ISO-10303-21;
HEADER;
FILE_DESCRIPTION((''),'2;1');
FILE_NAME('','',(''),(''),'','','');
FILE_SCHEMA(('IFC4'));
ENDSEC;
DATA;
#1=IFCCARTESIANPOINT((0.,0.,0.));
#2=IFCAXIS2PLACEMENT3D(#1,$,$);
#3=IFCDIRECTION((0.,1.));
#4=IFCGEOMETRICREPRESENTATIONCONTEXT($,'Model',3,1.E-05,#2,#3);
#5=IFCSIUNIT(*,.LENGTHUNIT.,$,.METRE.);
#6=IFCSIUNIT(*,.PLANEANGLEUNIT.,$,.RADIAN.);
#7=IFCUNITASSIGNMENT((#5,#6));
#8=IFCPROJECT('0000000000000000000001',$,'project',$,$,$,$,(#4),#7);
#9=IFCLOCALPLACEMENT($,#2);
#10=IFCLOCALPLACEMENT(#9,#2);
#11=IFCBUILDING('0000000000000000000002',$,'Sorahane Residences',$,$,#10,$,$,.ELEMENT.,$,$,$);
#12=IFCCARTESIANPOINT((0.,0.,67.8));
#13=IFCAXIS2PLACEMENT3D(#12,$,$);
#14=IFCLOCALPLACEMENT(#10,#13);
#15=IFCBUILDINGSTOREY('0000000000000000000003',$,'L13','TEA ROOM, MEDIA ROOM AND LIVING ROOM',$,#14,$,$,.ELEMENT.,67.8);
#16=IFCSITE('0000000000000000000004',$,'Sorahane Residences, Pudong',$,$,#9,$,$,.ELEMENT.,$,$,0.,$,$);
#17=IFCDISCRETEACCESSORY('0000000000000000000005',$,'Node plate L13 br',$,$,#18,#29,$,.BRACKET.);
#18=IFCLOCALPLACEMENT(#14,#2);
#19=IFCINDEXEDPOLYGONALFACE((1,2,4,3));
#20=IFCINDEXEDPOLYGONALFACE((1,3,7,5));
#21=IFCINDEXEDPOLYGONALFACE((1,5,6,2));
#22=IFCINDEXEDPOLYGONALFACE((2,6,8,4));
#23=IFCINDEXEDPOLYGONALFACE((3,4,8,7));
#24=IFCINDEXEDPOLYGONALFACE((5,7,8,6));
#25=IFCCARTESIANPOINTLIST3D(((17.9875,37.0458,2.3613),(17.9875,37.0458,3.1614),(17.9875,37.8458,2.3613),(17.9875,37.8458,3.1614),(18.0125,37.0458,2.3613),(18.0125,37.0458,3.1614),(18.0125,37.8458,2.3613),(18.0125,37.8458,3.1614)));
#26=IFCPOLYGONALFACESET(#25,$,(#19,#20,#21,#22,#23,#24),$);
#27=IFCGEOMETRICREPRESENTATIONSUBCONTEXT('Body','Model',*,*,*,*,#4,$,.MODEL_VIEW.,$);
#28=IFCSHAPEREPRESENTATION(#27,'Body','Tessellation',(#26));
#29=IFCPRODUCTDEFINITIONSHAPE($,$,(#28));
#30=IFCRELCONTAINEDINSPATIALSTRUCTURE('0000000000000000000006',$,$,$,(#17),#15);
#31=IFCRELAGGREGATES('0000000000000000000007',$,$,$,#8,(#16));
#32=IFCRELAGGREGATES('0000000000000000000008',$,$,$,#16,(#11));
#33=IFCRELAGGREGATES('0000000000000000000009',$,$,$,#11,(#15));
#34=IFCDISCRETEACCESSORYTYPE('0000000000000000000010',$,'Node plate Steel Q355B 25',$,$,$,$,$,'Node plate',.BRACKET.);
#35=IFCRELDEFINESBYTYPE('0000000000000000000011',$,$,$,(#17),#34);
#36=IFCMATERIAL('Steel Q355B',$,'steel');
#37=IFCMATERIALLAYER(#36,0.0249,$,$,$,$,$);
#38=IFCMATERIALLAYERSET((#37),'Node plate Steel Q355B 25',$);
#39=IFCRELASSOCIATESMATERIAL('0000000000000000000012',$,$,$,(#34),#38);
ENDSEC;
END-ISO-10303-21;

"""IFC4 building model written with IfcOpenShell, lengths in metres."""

from ifc_helpers import new_model, si_unit, direction, frame, origin, origin_2d, place, context, subcontext, project, spatial, rectangle, extrude, material, layer, layer_set, type_object, element, save


model = new_model("IFC4")

# Units and contexts
model_context = context("Model", 3, precision=1e-05, world=origin(), true_north=direction((0.0, 1.0)))
body_context = subcontext(model_context, "Body", "Model", "MODEL_VIEW")
ifc_project = project(units=[si_unit("LENGTHUNIT", "METRE"), si_unit("PLANEANGLEUNIT", "RADIAN")], contexts=[model_context])

# Site, building, storey
site_placement = place(None, origin())
site = spatial("IfcSite", under=ifc_project, at=site_placement, Name="Sorahane Residences, Pudong", CompositionType="ELEMENT", RefElevation=0.0)
building_placement = place(site_placement, origin())
building = spatial("IfcBuilding", under=site, at=building_placement, Name="Sorahane Residences", CompositionType="ELEMENT")
storey_placement = place(building_placement, frame((0.0, 0.0, 67.8)))
storey = spatial("IfcBuildingStorey", under=building, at=storey_placement, Name="L13", Description="TEA ROOM, MEDIA ROOM AND LIVING ROOM", CompositionType="ELEMENT", Elevation=67.8)

# Discrete accessory
ifc_material_1 = material(Name="Steel Q355B", Category="steel")
ifc_layer_1 = layer(ifc_material_1, 0.0249)
ifc_layer_set_1 = layer_set([ifc_layer_1], Name="Node plate Steel Q355B 25")
discrete_accessory_type = type_object("IfcDiscreteAccessoryType", Name="Node plate Steel Q355B 25", ElementType="Node plate", PredefinedType="BRACKET", material=ifc_layer_set_1)
for number, where, z_axis, x_axis, name in (
    (1, (18.0, 37.4458, 2.3613), (0.0, 0.0, 1.0), (0.0, 1.0, 0.0), "Node plate L13 br"),
):
    element("IfcDiscreteAccessory", number, at=place(storey_placement, frame(where, z_axis=z_axis, x_axis=x_axis)), inside=storey, type_object=discrete_accessory_type, Name=name, PredefinedType="BRACKET", context=body_context, shape_type="SweptSolid", body=[
        extrude(rectangle(XDim=0.8, YDim=0.0249, at=origin_2d()), origin(), (0.0, 0.0, 1.0), 0.8),
    ])

save(model, "model.ifc")
